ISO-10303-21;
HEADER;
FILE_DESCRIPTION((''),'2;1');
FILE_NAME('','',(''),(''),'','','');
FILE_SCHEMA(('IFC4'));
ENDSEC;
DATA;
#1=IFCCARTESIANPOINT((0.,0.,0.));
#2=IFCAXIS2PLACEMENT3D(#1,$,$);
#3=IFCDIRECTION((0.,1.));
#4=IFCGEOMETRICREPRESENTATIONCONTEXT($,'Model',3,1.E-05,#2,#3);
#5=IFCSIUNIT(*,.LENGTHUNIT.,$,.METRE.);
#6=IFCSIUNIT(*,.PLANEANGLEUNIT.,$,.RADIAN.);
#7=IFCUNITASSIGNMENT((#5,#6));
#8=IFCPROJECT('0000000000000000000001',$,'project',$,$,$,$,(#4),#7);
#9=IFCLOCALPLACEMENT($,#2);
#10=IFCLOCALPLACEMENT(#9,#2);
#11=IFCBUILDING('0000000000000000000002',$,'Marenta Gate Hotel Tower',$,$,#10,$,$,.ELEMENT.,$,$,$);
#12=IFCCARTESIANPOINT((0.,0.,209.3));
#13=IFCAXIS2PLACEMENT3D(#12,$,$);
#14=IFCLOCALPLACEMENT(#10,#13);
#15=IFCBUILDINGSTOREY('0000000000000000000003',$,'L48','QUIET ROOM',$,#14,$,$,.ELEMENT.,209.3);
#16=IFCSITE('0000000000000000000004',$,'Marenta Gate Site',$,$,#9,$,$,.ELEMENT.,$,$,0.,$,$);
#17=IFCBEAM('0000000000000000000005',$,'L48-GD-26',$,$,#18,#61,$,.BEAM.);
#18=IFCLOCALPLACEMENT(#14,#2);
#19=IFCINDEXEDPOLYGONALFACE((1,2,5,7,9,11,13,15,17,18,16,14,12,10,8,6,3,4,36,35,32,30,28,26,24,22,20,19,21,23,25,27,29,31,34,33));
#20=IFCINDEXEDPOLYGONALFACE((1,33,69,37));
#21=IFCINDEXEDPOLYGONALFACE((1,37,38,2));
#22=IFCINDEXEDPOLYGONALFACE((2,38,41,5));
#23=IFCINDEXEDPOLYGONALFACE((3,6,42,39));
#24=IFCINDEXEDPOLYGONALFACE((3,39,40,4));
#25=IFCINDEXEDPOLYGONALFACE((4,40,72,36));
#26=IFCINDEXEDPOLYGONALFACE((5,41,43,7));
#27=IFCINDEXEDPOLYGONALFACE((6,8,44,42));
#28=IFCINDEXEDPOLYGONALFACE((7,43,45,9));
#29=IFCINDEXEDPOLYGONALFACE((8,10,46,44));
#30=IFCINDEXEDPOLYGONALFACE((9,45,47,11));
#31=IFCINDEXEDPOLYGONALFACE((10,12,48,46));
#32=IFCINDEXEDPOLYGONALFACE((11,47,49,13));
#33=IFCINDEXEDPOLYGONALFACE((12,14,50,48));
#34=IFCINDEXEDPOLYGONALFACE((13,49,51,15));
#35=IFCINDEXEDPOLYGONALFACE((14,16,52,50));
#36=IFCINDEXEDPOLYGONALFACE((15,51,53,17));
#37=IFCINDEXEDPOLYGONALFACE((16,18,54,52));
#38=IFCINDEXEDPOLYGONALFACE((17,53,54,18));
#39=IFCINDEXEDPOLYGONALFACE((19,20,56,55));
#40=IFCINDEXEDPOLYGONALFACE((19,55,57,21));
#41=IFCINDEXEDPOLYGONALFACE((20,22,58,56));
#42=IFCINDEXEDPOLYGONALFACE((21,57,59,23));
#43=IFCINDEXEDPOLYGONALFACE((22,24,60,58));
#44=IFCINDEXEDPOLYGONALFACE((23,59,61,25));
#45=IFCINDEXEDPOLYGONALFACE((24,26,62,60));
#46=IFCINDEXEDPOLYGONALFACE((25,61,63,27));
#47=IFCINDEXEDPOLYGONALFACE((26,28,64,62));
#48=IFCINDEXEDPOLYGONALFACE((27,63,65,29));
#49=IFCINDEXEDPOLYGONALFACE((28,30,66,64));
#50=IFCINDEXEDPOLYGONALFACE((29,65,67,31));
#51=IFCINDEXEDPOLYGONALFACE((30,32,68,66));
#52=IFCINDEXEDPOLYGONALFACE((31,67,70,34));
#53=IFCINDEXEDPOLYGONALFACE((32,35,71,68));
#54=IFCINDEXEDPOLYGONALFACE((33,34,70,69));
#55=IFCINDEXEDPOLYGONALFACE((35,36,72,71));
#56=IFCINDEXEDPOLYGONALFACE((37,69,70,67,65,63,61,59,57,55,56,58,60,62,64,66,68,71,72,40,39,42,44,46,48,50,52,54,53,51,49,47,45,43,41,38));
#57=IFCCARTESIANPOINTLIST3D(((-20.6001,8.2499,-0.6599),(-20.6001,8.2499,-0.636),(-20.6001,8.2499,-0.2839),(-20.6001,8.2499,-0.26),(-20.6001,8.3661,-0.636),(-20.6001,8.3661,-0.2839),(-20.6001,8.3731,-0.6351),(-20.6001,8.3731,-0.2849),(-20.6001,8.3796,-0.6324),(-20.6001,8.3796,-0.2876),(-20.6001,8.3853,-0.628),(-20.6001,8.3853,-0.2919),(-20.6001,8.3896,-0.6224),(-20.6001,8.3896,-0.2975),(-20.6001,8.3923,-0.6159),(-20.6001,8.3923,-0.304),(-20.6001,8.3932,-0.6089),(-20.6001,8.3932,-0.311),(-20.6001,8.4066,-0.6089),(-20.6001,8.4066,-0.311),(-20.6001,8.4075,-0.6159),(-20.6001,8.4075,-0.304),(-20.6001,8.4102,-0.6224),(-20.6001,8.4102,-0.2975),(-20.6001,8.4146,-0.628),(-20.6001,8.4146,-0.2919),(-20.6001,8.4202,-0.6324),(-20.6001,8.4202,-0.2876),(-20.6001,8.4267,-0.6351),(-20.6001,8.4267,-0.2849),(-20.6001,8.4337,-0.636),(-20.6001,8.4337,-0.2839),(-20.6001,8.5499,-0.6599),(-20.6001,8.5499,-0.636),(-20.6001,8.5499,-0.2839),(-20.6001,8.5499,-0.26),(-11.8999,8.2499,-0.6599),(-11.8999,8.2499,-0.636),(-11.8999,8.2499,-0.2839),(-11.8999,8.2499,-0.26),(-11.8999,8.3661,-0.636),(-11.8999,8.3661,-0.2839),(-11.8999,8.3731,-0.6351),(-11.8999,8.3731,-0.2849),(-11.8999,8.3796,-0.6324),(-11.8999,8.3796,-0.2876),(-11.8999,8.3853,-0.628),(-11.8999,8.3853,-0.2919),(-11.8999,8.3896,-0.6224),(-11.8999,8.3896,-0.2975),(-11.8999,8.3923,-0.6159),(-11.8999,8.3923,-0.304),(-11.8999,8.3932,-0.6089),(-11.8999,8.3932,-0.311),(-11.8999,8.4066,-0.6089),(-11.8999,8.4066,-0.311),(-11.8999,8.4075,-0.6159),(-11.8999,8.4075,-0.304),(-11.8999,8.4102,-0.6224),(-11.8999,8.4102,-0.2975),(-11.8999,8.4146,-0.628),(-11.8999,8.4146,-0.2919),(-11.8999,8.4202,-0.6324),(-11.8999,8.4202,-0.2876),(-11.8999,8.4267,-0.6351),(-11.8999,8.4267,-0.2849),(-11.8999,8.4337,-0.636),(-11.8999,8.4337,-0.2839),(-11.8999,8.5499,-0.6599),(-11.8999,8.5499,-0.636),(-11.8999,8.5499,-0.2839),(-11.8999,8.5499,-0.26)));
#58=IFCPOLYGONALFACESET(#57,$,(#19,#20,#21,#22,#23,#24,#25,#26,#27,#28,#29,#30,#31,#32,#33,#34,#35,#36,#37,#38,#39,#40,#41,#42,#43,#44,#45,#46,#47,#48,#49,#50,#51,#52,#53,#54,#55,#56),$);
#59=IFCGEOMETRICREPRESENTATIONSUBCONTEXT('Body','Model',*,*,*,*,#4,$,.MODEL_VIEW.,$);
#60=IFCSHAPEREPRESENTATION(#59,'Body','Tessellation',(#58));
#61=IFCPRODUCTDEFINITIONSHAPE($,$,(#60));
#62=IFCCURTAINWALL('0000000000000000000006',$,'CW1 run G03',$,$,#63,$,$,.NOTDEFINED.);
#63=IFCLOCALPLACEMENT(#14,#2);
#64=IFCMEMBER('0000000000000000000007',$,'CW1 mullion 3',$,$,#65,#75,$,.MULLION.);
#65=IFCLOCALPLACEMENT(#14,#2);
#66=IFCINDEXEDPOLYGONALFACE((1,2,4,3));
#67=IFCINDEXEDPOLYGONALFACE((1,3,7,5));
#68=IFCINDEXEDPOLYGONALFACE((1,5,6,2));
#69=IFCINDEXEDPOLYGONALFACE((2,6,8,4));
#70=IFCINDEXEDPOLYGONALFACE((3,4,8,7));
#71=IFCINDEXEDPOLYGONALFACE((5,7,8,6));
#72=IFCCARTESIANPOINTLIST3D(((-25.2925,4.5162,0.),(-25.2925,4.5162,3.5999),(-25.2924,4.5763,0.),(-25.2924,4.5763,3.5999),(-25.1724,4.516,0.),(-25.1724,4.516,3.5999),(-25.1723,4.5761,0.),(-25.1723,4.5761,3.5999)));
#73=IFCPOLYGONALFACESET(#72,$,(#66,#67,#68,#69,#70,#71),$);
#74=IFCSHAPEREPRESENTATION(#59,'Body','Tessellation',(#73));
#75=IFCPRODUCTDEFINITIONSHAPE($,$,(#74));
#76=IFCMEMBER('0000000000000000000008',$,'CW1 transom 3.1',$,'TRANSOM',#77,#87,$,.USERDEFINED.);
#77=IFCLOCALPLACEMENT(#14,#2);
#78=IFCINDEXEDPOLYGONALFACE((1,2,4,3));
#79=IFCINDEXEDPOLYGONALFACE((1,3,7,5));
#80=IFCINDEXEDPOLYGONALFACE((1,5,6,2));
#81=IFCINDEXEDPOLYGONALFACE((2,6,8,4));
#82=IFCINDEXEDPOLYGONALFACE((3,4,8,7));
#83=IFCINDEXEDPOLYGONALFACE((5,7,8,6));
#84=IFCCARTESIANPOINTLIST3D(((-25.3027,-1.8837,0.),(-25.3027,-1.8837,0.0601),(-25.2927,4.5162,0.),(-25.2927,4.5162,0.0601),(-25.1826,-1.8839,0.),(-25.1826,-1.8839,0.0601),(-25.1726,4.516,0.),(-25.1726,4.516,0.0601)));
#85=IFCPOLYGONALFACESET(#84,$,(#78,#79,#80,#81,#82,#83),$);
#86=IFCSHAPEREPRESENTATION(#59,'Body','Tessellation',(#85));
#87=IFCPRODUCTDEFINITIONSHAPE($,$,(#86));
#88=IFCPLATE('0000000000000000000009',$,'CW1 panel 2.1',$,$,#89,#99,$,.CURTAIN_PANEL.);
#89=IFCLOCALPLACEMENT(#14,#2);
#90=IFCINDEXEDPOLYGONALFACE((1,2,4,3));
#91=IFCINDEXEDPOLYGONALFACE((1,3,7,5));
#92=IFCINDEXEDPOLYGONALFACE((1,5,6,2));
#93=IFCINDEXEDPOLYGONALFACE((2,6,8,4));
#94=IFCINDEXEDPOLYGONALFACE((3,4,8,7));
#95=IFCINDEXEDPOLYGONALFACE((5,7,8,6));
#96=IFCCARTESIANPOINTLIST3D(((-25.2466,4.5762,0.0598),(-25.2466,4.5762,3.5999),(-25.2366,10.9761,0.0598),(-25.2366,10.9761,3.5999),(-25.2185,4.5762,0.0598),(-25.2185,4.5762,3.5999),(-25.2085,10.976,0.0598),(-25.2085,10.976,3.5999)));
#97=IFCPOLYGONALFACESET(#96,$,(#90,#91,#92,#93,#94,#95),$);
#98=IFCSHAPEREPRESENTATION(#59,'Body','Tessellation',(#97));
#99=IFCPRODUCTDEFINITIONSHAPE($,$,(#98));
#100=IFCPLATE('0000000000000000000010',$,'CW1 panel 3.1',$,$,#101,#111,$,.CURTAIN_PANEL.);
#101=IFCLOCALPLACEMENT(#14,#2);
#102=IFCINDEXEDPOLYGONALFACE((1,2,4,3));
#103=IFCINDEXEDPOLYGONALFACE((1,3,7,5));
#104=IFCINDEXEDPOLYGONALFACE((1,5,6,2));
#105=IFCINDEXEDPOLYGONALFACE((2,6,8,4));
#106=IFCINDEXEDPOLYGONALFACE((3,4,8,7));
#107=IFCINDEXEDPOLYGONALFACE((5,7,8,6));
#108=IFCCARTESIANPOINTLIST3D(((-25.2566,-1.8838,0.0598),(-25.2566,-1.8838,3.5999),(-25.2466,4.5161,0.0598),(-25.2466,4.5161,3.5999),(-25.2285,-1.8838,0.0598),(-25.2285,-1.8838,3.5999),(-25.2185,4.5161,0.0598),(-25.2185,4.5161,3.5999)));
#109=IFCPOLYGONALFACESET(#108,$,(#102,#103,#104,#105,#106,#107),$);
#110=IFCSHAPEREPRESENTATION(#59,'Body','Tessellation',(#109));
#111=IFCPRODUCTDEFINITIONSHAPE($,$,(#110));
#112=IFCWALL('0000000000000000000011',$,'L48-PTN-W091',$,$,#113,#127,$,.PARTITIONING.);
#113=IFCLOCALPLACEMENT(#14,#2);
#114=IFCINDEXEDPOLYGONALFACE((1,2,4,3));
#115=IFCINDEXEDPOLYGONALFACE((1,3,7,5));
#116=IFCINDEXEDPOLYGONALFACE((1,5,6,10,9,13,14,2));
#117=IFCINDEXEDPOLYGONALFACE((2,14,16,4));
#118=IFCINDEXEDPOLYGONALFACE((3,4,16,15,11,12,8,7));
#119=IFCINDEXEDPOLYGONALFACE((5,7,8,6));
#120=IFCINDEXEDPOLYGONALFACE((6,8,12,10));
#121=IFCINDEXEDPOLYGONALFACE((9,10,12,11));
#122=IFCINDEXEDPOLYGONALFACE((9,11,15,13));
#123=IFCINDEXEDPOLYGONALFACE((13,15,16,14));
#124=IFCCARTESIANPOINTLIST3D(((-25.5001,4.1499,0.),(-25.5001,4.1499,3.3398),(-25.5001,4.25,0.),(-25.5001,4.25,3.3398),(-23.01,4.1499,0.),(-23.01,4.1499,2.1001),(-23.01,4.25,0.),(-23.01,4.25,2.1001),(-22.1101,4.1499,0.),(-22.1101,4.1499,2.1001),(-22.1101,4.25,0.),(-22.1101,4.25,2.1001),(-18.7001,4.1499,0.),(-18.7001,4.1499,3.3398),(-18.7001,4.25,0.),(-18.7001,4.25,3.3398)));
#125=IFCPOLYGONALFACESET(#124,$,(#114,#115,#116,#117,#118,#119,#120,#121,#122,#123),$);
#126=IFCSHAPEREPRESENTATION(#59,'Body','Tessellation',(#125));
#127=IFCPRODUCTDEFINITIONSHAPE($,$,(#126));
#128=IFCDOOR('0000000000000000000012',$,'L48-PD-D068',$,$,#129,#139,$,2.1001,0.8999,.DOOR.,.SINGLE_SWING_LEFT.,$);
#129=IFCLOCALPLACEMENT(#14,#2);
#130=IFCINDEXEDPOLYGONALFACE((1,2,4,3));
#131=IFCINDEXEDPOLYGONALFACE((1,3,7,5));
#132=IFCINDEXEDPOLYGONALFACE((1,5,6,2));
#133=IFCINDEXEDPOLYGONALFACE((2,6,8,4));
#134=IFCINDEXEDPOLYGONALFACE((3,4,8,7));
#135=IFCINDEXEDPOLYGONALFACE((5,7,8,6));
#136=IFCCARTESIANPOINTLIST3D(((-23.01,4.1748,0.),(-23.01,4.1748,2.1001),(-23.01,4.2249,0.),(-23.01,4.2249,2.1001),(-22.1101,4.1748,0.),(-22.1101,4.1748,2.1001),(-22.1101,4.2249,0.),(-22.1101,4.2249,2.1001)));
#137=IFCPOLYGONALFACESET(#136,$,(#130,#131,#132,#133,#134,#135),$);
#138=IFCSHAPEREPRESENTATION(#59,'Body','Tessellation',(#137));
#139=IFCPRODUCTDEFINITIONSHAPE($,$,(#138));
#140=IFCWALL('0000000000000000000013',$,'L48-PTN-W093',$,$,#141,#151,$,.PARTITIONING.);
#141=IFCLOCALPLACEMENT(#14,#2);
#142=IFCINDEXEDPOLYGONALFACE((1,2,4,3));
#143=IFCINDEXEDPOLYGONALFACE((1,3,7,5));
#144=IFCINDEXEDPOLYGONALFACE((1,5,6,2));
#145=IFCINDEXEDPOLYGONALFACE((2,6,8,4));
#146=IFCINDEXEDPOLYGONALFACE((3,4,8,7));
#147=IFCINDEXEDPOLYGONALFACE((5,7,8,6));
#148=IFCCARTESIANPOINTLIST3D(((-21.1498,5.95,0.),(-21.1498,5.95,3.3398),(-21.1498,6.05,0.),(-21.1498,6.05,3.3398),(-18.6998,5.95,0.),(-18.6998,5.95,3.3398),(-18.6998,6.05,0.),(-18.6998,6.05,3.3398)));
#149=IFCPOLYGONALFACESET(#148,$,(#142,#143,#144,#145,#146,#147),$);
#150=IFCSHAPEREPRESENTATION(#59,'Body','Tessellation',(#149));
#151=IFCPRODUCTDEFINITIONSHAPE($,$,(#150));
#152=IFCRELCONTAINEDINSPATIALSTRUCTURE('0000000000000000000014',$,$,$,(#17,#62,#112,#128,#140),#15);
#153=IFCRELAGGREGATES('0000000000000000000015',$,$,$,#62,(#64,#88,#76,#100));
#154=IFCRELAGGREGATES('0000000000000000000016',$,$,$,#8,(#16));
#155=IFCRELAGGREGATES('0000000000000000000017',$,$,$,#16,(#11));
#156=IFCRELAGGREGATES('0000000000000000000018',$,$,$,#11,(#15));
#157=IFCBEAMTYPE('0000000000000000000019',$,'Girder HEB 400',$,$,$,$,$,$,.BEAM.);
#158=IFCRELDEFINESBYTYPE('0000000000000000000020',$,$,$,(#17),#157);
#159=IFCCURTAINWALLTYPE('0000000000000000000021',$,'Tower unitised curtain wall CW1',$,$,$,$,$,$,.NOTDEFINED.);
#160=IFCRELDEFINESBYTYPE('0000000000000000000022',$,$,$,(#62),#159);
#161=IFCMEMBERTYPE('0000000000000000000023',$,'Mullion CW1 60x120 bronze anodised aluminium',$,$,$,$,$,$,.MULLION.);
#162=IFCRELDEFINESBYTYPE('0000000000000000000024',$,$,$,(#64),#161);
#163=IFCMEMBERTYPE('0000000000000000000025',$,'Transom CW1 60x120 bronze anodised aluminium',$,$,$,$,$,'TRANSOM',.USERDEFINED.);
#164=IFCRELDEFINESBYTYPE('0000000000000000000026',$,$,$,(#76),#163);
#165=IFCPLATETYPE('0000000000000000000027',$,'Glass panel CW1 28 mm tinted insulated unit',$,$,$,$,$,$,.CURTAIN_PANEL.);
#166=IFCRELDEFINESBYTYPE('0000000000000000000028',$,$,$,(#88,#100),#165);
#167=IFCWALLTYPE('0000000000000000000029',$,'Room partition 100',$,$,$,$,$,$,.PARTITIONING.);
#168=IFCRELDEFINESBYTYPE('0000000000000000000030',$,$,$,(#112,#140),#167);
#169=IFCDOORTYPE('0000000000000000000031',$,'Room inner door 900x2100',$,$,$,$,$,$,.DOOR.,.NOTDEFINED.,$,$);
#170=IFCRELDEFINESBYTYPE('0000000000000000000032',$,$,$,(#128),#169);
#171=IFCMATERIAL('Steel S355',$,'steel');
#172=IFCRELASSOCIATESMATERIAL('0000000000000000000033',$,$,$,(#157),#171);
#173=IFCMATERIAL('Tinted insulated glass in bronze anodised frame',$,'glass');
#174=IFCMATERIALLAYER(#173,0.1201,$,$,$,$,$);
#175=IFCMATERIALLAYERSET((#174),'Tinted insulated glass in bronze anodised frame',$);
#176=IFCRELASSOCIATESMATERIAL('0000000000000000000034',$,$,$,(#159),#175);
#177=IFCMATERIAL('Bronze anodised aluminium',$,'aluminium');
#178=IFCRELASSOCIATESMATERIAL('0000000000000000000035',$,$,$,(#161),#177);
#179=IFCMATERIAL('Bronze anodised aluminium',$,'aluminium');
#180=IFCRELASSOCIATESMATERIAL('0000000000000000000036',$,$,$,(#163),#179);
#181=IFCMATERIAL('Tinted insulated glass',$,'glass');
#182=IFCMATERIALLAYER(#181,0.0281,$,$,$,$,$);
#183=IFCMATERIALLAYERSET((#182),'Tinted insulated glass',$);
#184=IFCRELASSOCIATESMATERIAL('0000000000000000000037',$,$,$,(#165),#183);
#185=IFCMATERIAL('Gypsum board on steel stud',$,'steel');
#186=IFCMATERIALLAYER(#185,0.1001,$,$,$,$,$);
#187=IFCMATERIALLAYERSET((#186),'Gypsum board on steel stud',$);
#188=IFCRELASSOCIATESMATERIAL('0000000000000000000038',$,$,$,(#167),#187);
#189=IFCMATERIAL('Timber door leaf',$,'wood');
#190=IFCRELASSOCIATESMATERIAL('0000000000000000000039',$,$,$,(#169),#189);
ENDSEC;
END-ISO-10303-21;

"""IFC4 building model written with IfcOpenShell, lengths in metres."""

from ifc_helpers import new_model, si_unit, direction, frame, frame_2d, origin, origin_2d, place, context, subcontext, project, spatial, rectangle, i_section, extrude, material, layer, layer_set, material_profile, profile_set, type_object, element, fill, aggregate, save


model = new_model("IFC4")

# Units and contexts
model_context = context("Model", 3, precision=1e-05, world=origin(), true_north=direction((0.0, 1.0)))
body_context = subcontext(model_context, "Body", "Model", "MODEL_VIEW")
ifc_project = project(units=[si_unit("LENGTHUNIT", "METRE"), si_unit("PLANEANGLEUNIT", "RADIAN")], contexts=[model_context])

# Site, building, storey
site_placement = place(None, origin())
site = spatial("IfcSite", under=ifc_project, at=site_placement, Name="Marenta Gate Site", CompositionType="ELEMENT", RefElevation=0.0)
building_placement = place(site_placement, origin())
building = spatial("IfcBuilding", under=site, at=building_placement, Name="Marenta Gate Hotel Tower", CompositionType="ELEMENT")
storey_placement = place(building_placement, frame((0.0, 0.0, 209.3)))
storey = spatial("IfcBuildingStorey", under=building, at=storey_placement, Name="L48", Description="QUIET ROOM", CompositionType="ELEMENT", Elevation=209.3)

# Beam
ifc_material_1 = material(Name="Steel S355", Category="steel")
ifc_material_profile_1 = material_profile(ifc_material_1, i_section(OverallWidth=0.3, OverallDepth=0.3999, WebThickness=0.0134, FlangeThickness=0.0239, FilletRadius=0.0271, at=origin_2d()), Name="HEB 400")
ifc_profile_set_1 = profile_set([ifc_material_profile_1], Name="Steel S355")
beam_type_1 = type_object("IfcBeamType", Name="Girder HEB 400", PredefinedType="BEAM", material=ifc_profile_set_1)
beam_1_placement = place(storey_placement, frame((-20.6001, 8.3999, -0.46), z_axis=(1.0, 0.0, 0.0), x_axis=(0.0, 1.0, 0.0)))
element("IfcBeam", 1, at=beam_1_placement, inside=storey, type_object=beam_type_1, Name="L48-GD-26", PredefinedType="BEAM", context=body_context, shape_type="SweptSolid", body=[
    extrude(i_section(OverallWidth=0.3, OverallDepth=0.3999, WebThickness=0.0134, FlangeThickness=0.0239, FilletRadius=0.0271, at=origin_2d()), origin(), (0.0, 0.0, 1.0), 8.7002),
])

# Curtain wall, members, plates
ifc_material_2 = material(Name="Tinted insulated glass in bronze anodised frame", Category="glass")
ifc_layer_1 = layer(ifc_material_2, 0.1201)
ifc_layer_set_1 = layer_set([ifc_layer_1], Name="Tinted insulated glass in bronze anodised frame")
curtain_wall_type = type_object("IfcCurtainWallType", Name="Tower unitised curtain wall CW1", PredefinedType="NOTDEFINED", material=ifc_layer_set_1)
curtain_wall_placement = place(storey_placement, origin())
curtain_wall = element("IfcCurtainWall", 2, at=curtain_wall_placement, inside=storey, type_object=curtain_wall_type, Name="CW1 run G03", PredefinedType="NOTDEFINED")
ifc_material_3 = material(Name="Bronze anodised aluminium", Category="aluminium")
ifc_material_profile_2 = material_profile(ifc_material_3, rectangle(XDim=0.1201, YDim=0.0601, at=origin_2d()), Name="Mullion CW1 60x120 bronze anodised aluminium")
ifc_profile_set_2 = profile_set([ifc_material_profile_2], Name="Bronze anodised aluminium")
member_type_1 = type_object("IfcMemberType", Name="Mullion CW1 60x120 bronze anodised aluminium", PredefinedType="MULLION", material=ifc_profile_set_2)
member_1_placement = place(storey_placement, frame((-25.2324, 4.5461, 0.0), z_axis=(0.0, 0.0, 1.0), x_axis=(0.999999, -0.001566, 0.0)))
member_1 = element("IfcMember", 3, at=member_1_placement, type_object=member_type_1, Name="CW1 mullion 3", PredefinedType="MULLION", context=body_context, shape_type="SweptSolid", body=[
    extrude(rectangle(XDim=0.1201, YDim=0.0601, at=origin_2d()), origin(), (0.0, 0.0, 1.0), 3.5999),
])
ifc_material_4 = material(Name="Bronze anodised aluminium", Category="aluminium")
ifc_material_profile_3 = material_profile(ifc_material_4, rectangle(XDim=0.1201, YDim=0.0601, at=origin_2d()), Name="Transom CW1 60x120 bronze anodised aluminium")
ifc_profile_set_3 = profile_set([ifc_material_profile_3], Name="Bronze anodised aluminium")
member_type_2 = type_object("IfcMemberType", Name="Transom CW1 60x120 bronze anodised aluminium", ElementType="TRANSOM", PredefinedType="USERDEFINED", material=ifc_profile_set_3)
member_2_placement = place(storey_placement, frame((-25.2327, 4.5161, 0.03), z_axis=(-0.001564, -0.999999, 0.0), x_axis=(0.999999, -0.001564, 0.0)))
member_2 = element("IfcMember", 4, at=member_2_placement, type_object=member_type_2, Name="CW1 transom 3.1", ObjectType="TRANSOM", PredefinedType="USERDEFINED", context=body_context, shape_type="SweptSolid", body=[
    extrude(rectangle(XDim=0.1201, YDim=0.0601, at=origin_2d()), origin(), (0.0, 0.0, 1.0), 6.3999),
])
ifc_material_5 = material(Name="Tinted insulated glass", Category="glass")
ifc_layer_2 = layer(ifc_material_5, 0.0281)
ifc_layer_set_2 = layer_set([ifc_layer_2], Name="Tinted insulated glass")
plate_type = type_object("IfcPlateType", Name="Glass panel CW1 28 mm tinted insulated unit", PredefinedType="CURTAIN_PANEL", material=ifc_layer_set_2)
plate_1_placement = place(storey_placement, frame((-25.2275, 7.7761, 0.0598), z_axis=(0.0, 0.0, 1.0), x_axis=(-0.001566, -0.999999, 0.0)))
plate_1 = element("IfcPlate", 5, at=plate_1_placement, type_object=plate_type, Name="CW1 panel 2.1", PredefinedType="CURTAIN_PANEL", context=body_context, shape_type="SweptSolid", body=[
    extrude(rectangle(XDim=6.3999, YDim=0.0281, at=origin_2d()), origin(), (0.0, 0.0, 1.0), 3.54),
])
plate_2_placement = place(storey_placement, frame((-25.2375, 1.3162, 0.0598), z_axis=(0.0, 0.0, 1.0), x_axis=(-0.001566, -0.999999, 0.0)))
plate_2 = element("IfcPlate", 6, at=plate_2_placement, type_object=plate_type, Name="CW1 panel 3.1", PredefinedType="CURTAIN_PANEL", context=body_context, shape_type="SweptSolid", body=[
    extrude(rectangle(XDim=6.3999, YDim=0.0281, at=origin_2d()), origin(), (0.0, 0.0, 1.0), 3.54),
])
aggregate(curtain_wall, [member_1, plate_1, member_2, plate_2])

# Wall, opening, door
ifc_material_6 = material(Name="Gypsum board on steel stud", Category="steel")
ifc_layer_3 = layer(ifc_material_6, 0.1001)
ifc_layer_set_3 = layer_set([ifc_layer_3], Name="Gypsum board on steel stud")
wall_type_1 = type_object("IfcWallType", Name="Room partition 100", PredefinedType="PARTITIONING", material=ifc_layer_set_3)
wall_1_placement = place(storey_placement, frame((-25.5, 4.2, 0.0), z_axis=(0.0, 0.0, 1.0), x_axis=(1.0, 0.0, 0.0)))
wall_1 = element("IfcWall", 7, at=wall_1_placement, inside=storey, type_object=wall_type_1, Name="L48-PTN-W091", PredefinedType="PARTITIONING", context=body_context, shape_type="SweptSolid", body=[
    extrude(rectangle(XDim=6.8, YDim=0.1001, at=frame_2d((3.3999, 0.0))), origin(), (0.0, 0.0, 1.0), 3.3398),
])
opening_1_placement = place(wall_1_placement, frame((2.49, 0.0, 0.0)))
opening_1 = element("IfcOpeningElement", 8, at=opening_1_placement, cuts=wall_1, PredefinedType="OPENING", context=body_context, shape_type="SweptSolid", body=[
    extrude(rectangle(XDim=0.8999, YDim=2.1001, at=frame_2d((0.45, 1.05))), frame((0.0, 0.05, 0.0), z_axis=(0.0, -1.0, 0.0), x_axis=(1.0, 0.0, 0.0)), (0.0, 0.0, 1.0), 0.1001),
])
ifc_material_7 = material(Name="Timber door leaf", Category="wood")
door_type_1 = type_object("IfcDoorType", Name="Room inner door 900x2100", OperationType="NOTDEFINED", PredefinedType="DOOR", material=ifc_material_7)
door_1_placement = place(opening_1_placement, origin())
door_1 = element("IfcDoor", 9, at=door_1_placement, inside=storey, type_object=door_type_1, Name="L48-PD-D068", OperationType="SINGLE_SWING_LEFT", OverallHeight=2.1001, OverallWidth=0.8999, PredefinedType="DOOR", context=body_context, shape_type="SweptSolid", body=[
    extrude(rectangle(XDim=0.8999, YDim=2.1001, at=frame_2d((0.45, 1.05))), frame((0.0, 0.0249, 0.0), z_axis=(0.0, -1.0, 0.0), x_axis=(1.0, 0.0, 0.0)), (0.0, 0.0, 1.0), 0.05),
])
fill(opening_1, door_1)

# Wall
wall_2_placement = place(storey_placement, frame((-21.1499, 6.0, 0.0), z_axis=(0.0, 0.0, 1.0), x_axis=(1.0, 0.0, 0.0)))
element("IfcWall", 10, at=wall_2_placement, inside=storey, type_object=wall_type_1, Name="L48-PTN-W093", PredefinedType="PARTITIONING", context=body_context, shape_type="SweptSolid", body=[
    extrude(rectangle(XDim=2.45, YDim=0.1001, at=frame_2d((1.2251, 0.0))), origin(), (0.0, 0.0, 1.0), 3.3398),
])

save(model, "model.ifc")
